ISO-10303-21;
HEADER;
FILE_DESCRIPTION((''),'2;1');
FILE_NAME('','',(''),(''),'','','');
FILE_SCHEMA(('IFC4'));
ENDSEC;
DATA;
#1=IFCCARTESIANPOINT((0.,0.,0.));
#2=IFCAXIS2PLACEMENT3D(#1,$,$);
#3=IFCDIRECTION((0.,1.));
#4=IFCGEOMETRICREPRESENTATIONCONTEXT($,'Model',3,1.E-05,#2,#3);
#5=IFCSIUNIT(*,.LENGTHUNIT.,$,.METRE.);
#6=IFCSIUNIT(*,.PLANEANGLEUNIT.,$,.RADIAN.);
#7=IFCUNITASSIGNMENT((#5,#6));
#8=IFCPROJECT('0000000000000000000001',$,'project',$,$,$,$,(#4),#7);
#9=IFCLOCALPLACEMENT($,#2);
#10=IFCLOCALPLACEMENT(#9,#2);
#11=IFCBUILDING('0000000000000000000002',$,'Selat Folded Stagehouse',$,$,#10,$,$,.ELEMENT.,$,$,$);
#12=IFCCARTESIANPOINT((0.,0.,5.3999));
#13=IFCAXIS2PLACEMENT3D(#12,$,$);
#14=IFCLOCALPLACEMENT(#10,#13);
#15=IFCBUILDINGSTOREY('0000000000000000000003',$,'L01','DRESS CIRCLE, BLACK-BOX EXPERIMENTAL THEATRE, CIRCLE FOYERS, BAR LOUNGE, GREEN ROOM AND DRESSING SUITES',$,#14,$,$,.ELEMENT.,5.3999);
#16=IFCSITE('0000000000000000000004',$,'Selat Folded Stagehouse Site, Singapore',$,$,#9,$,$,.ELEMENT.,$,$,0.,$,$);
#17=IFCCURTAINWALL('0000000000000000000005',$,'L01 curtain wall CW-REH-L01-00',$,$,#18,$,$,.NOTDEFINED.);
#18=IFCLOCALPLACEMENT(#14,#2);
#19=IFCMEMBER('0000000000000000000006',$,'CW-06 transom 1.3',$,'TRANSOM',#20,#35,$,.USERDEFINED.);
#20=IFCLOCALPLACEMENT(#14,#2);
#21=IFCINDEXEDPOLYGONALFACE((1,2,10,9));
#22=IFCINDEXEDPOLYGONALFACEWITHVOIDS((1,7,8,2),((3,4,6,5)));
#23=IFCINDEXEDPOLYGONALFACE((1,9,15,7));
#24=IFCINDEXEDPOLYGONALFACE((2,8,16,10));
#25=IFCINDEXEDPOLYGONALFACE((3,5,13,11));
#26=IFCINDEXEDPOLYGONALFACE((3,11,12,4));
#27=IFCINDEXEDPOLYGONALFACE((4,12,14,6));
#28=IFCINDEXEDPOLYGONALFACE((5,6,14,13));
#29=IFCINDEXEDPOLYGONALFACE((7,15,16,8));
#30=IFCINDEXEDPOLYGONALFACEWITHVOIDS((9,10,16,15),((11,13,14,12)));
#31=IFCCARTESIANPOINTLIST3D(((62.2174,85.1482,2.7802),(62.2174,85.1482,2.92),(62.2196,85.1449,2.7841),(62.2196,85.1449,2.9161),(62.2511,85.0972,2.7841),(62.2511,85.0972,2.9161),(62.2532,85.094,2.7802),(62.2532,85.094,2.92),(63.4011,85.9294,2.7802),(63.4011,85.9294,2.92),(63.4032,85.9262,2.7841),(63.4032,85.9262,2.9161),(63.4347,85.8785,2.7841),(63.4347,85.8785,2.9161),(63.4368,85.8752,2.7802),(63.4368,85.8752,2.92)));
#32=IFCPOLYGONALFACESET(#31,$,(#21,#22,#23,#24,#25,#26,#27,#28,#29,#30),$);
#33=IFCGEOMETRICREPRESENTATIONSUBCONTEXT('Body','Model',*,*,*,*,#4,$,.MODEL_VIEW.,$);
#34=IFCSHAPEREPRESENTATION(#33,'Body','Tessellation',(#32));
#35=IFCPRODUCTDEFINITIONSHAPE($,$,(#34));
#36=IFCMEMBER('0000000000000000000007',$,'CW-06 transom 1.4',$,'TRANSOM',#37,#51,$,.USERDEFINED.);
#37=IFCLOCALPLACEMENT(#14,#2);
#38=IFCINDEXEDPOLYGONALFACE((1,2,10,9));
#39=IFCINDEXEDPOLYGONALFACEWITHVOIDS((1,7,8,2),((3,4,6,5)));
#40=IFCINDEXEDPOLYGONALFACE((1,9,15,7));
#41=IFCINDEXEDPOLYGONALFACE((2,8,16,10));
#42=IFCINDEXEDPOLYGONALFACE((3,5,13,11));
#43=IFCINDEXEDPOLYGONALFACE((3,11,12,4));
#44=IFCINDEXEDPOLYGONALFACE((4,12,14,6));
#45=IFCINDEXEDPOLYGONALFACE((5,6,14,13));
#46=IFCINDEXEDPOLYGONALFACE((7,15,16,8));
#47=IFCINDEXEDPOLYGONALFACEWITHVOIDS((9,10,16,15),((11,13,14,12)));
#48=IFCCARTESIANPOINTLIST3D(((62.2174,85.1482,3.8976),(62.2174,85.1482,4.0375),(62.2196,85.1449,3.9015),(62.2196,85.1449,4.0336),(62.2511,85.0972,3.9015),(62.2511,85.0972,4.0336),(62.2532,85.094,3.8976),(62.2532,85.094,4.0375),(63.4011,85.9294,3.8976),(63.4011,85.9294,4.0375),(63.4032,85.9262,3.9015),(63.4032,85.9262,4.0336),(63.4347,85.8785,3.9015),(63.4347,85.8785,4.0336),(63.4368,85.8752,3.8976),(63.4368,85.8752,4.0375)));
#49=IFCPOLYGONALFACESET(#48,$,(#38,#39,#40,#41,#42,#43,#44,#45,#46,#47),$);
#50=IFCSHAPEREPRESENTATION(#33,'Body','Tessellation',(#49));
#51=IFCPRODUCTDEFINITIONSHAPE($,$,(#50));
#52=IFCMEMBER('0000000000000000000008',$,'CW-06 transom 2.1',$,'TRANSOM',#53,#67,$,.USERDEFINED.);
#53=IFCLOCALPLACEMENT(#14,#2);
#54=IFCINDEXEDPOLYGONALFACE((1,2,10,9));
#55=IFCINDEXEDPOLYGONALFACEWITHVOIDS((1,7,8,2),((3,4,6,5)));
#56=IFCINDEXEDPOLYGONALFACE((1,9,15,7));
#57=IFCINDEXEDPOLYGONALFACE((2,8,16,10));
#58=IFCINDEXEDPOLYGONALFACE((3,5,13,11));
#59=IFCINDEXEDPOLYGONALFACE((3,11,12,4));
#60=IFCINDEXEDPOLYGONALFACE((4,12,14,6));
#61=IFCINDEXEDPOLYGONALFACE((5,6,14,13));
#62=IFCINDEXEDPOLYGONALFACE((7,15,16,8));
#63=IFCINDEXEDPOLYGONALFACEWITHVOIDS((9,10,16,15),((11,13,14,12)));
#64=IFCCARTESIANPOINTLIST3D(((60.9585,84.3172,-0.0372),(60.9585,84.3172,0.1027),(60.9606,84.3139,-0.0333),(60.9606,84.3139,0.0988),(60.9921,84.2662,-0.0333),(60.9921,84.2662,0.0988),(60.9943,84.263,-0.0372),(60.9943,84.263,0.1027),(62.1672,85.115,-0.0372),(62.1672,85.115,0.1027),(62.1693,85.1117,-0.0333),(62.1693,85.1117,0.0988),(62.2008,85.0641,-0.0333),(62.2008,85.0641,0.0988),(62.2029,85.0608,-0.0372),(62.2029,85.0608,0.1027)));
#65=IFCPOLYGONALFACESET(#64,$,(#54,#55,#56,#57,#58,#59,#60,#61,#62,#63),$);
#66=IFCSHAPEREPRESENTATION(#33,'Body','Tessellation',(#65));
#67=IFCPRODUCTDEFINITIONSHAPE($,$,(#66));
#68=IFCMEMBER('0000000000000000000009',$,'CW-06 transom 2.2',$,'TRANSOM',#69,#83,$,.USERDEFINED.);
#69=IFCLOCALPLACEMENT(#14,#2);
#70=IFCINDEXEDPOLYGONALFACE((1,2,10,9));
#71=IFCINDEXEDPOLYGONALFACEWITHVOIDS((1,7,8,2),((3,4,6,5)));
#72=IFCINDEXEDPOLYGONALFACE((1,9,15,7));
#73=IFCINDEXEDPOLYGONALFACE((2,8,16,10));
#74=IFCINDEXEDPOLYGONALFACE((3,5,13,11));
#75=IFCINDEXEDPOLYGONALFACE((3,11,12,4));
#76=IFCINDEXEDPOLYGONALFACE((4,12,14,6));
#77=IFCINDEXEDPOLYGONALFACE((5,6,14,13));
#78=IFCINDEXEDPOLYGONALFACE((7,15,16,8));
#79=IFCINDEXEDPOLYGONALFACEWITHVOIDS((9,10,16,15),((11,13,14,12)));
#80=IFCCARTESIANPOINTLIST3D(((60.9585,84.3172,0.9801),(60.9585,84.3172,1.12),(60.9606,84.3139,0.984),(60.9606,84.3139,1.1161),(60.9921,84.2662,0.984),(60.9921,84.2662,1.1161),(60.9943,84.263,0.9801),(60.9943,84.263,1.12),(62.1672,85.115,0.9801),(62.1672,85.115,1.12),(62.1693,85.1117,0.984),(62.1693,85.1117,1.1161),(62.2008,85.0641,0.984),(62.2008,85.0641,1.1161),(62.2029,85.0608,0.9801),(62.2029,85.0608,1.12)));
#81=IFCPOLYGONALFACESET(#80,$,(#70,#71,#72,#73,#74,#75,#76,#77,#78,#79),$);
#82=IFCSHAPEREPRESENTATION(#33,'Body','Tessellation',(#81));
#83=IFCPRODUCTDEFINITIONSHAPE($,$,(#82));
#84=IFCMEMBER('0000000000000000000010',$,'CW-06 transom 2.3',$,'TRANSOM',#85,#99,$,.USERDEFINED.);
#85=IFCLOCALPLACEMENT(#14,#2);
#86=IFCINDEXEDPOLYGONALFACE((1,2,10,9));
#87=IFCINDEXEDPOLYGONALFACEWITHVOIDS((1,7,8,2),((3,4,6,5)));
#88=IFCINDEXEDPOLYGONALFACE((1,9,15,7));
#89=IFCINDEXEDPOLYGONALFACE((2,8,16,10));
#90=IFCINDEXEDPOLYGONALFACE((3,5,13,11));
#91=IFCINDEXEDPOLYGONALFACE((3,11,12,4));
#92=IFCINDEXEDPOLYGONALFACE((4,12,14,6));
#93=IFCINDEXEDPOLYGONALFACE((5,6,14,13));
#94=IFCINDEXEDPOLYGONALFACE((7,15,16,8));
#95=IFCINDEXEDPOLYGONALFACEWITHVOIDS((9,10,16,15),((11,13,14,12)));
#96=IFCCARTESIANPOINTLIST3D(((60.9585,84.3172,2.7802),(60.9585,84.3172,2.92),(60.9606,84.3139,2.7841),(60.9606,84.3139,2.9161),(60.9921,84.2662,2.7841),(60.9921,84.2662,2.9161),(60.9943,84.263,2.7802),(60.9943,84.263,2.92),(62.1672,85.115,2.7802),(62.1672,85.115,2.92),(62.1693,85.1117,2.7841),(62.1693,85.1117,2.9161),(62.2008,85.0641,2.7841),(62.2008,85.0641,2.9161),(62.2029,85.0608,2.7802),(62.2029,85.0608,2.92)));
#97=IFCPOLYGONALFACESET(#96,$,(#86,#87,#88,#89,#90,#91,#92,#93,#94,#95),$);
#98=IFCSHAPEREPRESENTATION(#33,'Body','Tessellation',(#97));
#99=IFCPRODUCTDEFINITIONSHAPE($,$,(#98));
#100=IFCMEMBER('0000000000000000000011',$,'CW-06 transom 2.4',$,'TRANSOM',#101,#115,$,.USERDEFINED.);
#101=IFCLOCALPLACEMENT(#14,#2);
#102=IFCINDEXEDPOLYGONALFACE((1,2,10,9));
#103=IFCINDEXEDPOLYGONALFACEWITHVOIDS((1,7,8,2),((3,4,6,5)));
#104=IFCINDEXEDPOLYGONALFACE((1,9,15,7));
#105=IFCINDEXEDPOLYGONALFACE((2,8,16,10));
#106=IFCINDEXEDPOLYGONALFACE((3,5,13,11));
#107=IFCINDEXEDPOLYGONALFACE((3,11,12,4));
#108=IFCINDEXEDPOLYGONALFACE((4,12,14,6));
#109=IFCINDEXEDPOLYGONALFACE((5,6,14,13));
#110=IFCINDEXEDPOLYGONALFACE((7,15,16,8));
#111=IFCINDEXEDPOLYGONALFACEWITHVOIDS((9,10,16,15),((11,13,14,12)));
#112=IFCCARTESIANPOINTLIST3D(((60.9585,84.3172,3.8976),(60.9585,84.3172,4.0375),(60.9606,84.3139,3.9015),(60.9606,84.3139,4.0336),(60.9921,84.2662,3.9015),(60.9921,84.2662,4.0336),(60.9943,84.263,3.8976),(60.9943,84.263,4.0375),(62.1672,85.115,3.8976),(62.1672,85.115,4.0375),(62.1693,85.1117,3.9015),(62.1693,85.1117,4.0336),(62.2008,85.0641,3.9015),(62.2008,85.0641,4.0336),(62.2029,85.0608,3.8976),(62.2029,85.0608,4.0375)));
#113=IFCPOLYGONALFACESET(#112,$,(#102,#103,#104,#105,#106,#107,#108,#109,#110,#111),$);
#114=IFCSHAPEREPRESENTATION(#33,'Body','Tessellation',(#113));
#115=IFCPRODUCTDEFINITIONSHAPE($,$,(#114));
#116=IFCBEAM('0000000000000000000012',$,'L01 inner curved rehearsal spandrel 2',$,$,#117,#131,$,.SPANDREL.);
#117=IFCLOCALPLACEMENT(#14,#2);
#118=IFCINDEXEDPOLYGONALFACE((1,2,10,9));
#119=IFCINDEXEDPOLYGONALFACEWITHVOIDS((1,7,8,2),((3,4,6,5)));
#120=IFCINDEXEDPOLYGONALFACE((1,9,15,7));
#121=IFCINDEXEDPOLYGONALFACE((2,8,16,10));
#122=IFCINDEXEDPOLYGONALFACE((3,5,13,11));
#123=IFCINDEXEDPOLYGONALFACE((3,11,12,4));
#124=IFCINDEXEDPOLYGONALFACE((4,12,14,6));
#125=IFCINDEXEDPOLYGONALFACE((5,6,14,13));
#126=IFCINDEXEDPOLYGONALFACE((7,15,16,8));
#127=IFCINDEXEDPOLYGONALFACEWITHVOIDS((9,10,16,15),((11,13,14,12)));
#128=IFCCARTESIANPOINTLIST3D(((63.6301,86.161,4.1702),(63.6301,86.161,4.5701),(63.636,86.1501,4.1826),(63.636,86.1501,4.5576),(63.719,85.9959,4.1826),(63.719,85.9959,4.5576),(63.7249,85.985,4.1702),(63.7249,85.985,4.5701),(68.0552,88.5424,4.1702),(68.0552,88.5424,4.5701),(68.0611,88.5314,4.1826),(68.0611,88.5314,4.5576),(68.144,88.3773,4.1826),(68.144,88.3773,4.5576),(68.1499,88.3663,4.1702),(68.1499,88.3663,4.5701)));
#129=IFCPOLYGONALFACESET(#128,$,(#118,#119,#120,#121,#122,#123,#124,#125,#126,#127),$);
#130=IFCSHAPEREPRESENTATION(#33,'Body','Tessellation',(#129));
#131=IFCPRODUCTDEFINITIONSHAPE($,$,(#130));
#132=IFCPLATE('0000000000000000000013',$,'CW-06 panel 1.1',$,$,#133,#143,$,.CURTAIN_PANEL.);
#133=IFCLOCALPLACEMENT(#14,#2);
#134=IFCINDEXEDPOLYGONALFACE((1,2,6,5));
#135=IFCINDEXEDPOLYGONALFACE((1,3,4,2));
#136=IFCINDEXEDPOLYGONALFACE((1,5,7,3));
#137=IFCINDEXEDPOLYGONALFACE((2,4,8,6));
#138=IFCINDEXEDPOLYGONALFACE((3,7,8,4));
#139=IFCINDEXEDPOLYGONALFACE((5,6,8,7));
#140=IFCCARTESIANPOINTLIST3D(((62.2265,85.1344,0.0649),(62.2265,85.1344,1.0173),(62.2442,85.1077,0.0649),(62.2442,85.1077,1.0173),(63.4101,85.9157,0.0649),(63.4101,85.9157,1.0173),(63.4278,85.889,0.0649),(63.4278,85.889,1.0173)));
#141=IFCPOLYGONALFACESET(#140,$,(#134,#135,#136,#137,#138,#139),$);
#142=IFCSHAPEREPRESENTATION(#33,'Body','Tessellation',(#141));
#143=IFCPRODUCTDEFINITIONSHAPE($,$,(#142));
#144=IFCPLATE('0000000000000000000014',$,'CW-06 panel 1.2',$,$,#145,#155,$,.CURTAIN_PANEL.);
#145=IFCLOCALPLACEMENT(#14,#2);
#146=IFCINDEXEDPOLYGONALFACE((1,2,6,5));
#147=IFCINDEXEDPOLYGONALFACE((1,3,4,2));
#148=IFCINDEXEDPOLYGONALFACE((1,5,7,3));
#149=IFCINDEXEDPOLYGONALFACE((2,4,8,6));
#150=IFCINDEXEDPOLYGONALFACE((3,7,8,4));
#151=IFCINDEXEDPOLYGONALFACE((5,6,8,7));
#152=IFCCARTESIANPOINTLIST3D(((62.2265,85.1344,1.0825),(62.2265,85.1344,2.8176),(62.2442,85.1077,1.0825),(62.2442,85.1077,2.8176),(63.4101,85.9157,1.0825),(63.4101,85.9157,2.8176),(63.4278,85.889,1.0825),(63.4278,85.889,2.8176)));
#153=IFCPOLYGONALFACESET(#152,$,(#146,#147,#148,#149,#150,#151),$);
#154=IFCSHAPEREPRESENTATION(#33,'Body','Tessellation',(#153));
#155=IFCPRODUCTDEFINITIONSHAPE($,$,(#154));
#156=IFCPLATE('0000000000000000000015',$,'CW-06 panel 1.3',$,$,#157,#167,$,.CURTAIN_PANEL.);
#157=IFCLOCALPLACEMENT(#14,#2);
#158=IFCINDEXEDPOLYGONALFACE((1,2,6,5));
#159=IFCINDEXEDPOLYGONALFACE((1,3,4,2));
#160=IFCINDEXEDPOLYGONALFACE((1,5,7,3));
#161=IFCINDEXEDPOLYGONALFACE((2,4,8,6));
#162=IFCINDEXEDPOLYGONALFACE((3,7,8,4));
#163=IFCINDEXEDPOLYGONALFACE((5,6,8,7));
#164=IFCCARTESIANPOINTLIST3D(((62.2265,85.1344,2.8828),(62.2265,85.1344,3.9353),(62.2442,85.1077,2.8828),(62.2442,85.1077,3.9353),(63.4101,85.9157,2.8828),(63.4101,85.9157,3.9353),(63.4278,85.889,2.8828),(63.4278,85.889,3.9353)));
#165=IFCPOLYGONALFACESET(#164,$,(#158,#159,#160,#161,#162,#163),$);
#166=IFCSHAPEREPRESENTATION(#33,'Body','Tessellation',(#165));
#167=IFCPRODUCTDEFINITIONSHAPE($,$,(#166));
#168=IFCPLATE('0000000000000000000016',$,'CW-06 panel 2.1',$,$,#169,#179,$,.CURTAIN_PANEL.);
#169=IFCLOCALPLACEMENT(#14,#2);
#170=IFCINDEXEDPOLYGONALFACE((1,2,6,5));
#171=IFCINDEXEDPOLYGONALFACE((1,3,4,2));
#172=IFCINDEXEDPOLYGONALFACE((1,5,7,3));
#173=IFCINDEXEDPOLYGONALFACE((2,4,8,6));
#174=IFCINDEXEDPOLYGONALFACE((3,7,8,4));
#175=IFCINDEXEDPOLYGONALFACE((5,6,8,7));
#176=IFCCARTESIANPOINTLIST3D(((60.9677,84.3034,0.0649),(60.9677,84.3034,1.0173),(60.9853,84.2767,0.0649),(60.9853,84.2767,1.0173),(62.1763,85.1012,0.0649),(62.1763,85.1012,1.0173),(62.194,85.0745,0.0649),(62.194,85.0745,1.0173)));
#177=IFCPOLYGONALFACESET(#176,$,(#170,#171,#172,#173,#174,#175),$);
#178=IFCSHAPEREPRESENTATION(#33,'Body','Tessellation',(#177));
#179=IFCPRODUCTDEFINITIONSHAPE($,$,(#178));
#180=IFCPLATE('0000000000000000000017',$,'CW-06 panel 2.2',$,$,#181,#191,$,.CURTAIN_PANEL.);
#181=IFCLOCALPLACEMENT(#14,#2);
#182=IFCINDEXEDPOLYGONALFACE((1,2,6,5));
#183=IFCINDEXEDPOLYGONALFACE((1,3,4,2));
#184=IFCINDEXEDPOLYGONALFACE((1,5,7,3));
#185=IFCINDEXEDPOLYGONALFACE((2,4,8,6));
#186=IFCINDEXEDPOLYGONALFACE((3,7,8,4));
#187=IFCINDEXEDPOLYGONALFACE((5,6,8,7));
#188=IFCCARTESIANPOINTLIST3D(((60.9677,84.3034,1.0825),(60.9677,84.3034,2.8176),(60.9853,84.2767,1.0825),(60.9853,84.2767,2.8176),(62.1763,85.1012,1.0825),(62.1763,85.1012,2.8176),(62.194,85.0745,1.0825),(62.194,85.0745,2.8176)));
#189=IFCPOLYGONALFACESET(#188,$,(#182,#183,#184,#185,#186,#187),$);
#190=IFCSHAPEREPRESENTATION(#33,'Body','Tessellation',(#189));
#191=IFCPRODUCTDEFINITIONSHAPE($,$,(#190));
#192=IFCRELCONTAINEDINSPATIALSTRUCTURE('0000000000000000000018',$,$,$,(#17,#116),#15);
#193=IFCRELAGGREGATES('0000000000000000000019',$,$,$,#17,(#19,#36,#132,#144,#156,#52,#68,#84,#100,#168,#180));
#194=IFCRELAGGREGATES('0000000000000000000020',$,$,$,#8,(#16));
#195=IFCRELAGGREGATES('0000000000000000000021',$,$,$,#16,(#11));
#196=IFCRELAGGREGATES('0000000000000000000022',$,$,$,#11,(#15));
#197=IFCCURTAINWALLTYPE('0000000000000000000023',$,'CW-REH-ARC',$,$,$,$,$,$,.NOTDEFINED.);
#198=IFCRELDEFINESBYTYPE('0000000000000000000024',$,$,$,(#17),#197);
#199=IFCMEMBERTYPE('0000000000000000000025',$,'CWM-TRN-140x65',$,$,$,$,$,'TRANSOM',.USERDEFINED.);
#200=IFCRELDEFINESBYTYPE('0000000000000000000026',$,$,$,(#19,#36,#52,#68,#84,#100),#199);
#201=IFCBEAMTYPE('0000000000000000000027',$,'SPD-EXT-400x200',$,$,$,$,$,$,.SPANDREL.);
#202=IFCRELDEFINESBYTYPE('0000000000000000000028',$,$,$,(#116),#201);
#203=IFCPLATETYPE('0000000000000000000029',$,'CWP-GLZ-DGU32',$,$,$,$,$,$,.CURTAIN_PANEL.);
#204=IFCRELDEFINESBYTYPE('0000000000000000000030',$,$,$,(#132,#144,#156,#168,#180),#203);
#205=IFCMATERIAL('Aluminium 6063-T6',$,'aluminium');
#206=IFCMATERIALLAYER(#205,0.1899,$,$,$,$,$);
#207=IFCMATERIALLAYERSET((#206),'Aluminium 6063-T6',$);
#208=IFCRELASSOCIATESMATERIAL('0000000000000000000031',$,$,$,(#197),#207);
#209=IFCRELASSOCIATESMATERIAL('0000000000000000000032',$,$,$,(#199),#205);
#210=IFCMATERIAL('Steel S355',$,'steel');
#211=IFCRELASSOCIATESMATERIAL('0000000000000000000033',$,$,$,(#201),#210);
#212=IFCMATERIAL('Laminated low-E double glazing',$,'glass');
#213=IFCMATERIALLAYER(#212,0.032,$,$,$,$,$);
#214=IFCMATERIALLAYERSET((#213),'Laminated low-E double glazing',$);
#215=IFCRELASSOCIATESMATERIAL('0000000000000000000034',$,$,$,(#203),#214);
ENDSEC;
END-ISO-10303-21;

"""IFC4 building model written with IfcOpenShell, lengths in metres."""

from ifc_helpers import new_model, si_unit, direction, frame, origin, origin_2d, place, context, subcontext, project, spatial, rectangle, hollow_rectangle, extrude, material, layer, layer_set, material_profile, profile_set, type_object, element, aggregate, save


model = new_model("IFC4")

# Units and contexts
model_context = context("Model", 3, precision=1e-05, world=origin(), true_north=direction((0.0, 1.0)))
body_context = subcontext(model_context, "Body", "Model", "MODEL_VIEW")
ifc_project = project(units=[si_unit("LENGTHUNIT", "METRE"), si_unit("PLANEANGLEUNIT", "RADIAN")], contexts=[model_context])

# Site, building, storey
site_placement = place(None, origin())
site = spatial("IfcSite", under=ifc_project, at=site_placement, Name="Selat Folded Stagehouse Site, Singapore", CompositionType="ELEMENT", RefElevation=0.0)
building_placement = place(site_placement, origin())
building = spatial("IfcBuilding", under=site, at=building_placement, Name="Selat Folded Stagehouse", CompositionType="ELEMENT")
storey_placement = place(building_placement, frame((0.0, 0.0, 5.3999)))
storey = spatial("IfcBuildingStorey", under=building, at=storey_placement, Name="L01", Description="DRESS CIRCLE, BLACK-BOX EXPERIMENTAL THEATRE, CIRCLE FOYERS, BAR LOUNGE, GREEN ROOM AND DRESSING SUITES", CompositionType="ELEMENT", Elevation=5.3999)

# Shared definitions
ifc_material_1 = material(Name="Steel S355", Category="steel")

# Curtain wall
ifc_material_2 = material(Name="Aluminium 6063-T6", Category="aluminium")
ifc_layer_1 = layer(ifc_material_2, 0.1899)
ifc_layer_set_1 = layer_set([ifc_layer_1], Name="Aluminium 6063-T6")
curtain_wall_type = type_object("IfcCurtainWallType", Name="CW-REH-ARC", PredefinedType="NOTDEFINED", material=ifc_layer_set_1)
curtain_wall_1_placement = place(storey_placement, origin())
curtain_wall_1 = element("IfcCurtainWall", 1, at=curtain_wall_1_placement, inside=storey, type_object=curtain_wall_type, Name="L01 curtain wall CW-REH-L01-00", PredefinedType="NOTDEFINED")

# Members
ifc_material_profile_1 = material_profile(ifc_material_2, hollow_rectangle(XDim=0.0649, YDim=0.1399, WallThickness=0.0039, at=origin_2d()), Name="ALU 140x65x4.0")
ifc_profile_set_1 = profile_set([ifc_material_profile_1], Name="Aluminium 6063-T6")
member_type_1 = type_object("IfcMemberType", Name="CWM-TRN-140x65", ElementType="TRANSOM", PredefinedType="USERDEFINED", material=ifc_profile_set_1)
member_1_placement = place(storey_placement, frame((63.4189, 85.9023, 2.8501), z_axis=(-0.834584, -0.550881, 0.0), x_axis=(0.550881, -0.834584, 0.0)))
member_1 = element("IfcMember", 2, at=member_1_placement, type_object=member_type_1, Name="CW-06 transom 1.3", ObjectType="TRANSOM", PredefinedType="USERDEFINED", context=body_context, shape_type="SweptSolid", body=[
    extrude(hollow_rectangle(XDim=0.0649, YDim=0.1399, WallThickness=0.0039, at=origin_2d()), origin(), (0.0, 0.0, 1.0), 1.4182),
])
member_2_placement = place(storey_placement, frame((63.4189, 85.9023, 3.9675), z_axis=(-0.834584, -0.550881, 0.0), x_axis=(0.550881, -0.834584, 0.0)))
member_2 = element("IfcMember", 3, at=member_2_placement, type_object=member_type_1, Name="CW-06 transom 1.4", ObjectType="TRANSOM", PredefinedType="USERDEFINED", context=body_context, shape_type="SweptSolid", body=[
    extrude(hollow_rectangle(XDim=0.0649, YDim=0.1399, WallThickness=0.0039, at=origin_2d()), origin(), (0.0, 0.0, 1.0), 1.4182),
])
member_3_placement = place(storey_placement, frame((62.1851, 85.0879, 0.0327), z_axis=(-0.834583, -0.550882, 0.0), x_axis=(0.550882, -0.834583, 0.0)))
member_3 = element("IfcMember", 4, at=member_3_placement, type_object=member_type_1, Name="CW-06 transom 2.1", ObjectType="TRANSOM", PredefinedType="USERDEFINED", context=body_context, shape_type="SweptSolid", body=[
    extrude(hollow_rectangle(XDim=0.0649, YDim=0.1399, WallThickness=0.0039, at=origin_2d()), origin(), (0.0, 0.0, 1.0), 1.4482),
])
member_4_placement = place(storey_placement, frame((62.1851, 85.0879, 1.05), z_axis=(-0.834583, -0.550882, 0.0), x_axis=(0.550882, -0.834583, 0.0)))
member_4 = element("IfcMember", 5, at=member_4_placement, type_object=member_type_1, Name="CW-06 transom 2.2", ObjectType="TRANSOM", PredefinedType="USERDEFINED", context=body_context, shape_type="SweptSolid", body=[
    extrude(hollow_rectangle(XDim=0.0649, YDim=0.1399, WallThickness=0.0039, at=origin_2d()), origin(), (0.0, 0.0, 1.0), 1.4482),
])
member_5_placement = place(storey_placement, frame((62.1851, 85.0879, 2.8501), z_axis=(-0.834583, -0.550882, 0.0), x_axis=(0.550882, -0.834583, 0.0)))
member_5 = element("IfcMember", 6, at=member_5_placement, type_object=member_type_1, Name="CW-06 transom 2.3", ObjectType="TRANSOM", PredefinedType="USERDEFINED", context=body_context, shape_type="SweptSolid", body=[
    extrude(hollow_rectangle(XDim=0.0649, YDim=0.1399, WallThickness=0.0039, at=origin_2d()), origin(), (0.0, 0.0, 1.0), 1.4482),
])
member_6_placement = place(storey_placement, frame((62.1851, 85.0879, 3.9675), z_axis=(-0.834583, -0.550882, 0.0), x_axis=(0.550882, -0.834583, 0.0)))
member_6 = element("IfcMember", 7, at=member_6_placement, type_object=member_type_1, Name="CW-06 transom 2.4", ObjectType="TRANSOM", PredefinedType="USERDEFINED", context=body_context, shape_type="SweptSolid", body=[
    extrude(hollow_rectangle(XDim=0.0649, YDim=0.1399, WallThickness=0.0039, at=origin_2d()), origin(), (0.0, 0.0, 1.0), 1.4482),
])

# Beam
ifc_material_profile_2 = material_profile(ifc_material_1, hollow_rectangle(XDim=0.2, YDim=0.3999, WallThickness=0.0125, at=origin_2d()), Name="RHS 400x200x12.5")
ifc_profile_set_2 = profile_set([ifc_material_profile_2], Name="Steel S355")
beam_type_1 = type_object("IfcBeamType", Name="SPD-EXT-400x200", PredefinedType="SPANDREL", material=ifc_profile_set_2)
beam_1_placement = place(storey_placement, frame((63.6775, 86.073, 4.3701), z_axis=(0.880585, 0.473888, 0.0), x_axis=(-0.473888, 0.880585, 0.0)))
element("IfcBeam", 8, at=beam_1_placement, inside=storey, type_object=beam_type_1, Name="L01 inner curved rehearsal spandrel 2", PredefinedType="SPANDREL", context=body_context, shape_type="SweptSolid", body=[
    extrude(hollow_rectangle(XDim=0.2, YDim=0.3999, WallThickness=0.0125, at=origin_2d()), origin(), (0.0, 0.0, 1.0), 5.0251),
])

# Plates
ifc_material_3 = material(Name="Laminated low-E double glazing", Category="glass")
ifc_layer_2 = layer(ifc_material_3, 0.032)
ifc_layer_set_2 = layer_set([ifc_layer_2], Name="Laminated low-E double glazing")
plate_type = type_object("IfcPlateType", Name="CWP-GLZ-DGU32", PredefinedType="CURTAIN_PANEL", material=ifc_layer_set_2)
plate_1_placement = place(storey_placement, frame((62.8271, 85.5117, 0.0649), z_axis=(0.0, 0.0, 1.0), x_axis=(-0.834581, -0.550885, 0.0)))
plate_1 = element("IfcPlate", 9, at=plate_1_placement, type_object=plate_type, Name="CW-06 panel 1.1", PredefinedType="CURTAIN_PANEL", context=body_context, shape_type="SweptSolid", body=[
    extrude(rectangle(XDim=1.4182, YDim=0.032, at=origin_2d()), origin(), (0.0, 0.0, 1.0), 0.9524),
])
plate_2_placement = place(storey_placement, frame((62.8271, 85.5117, 1.0825), z_axis=(0.0, 0.0, 1.0), x_axis=(-0.834581, -0.550885, 0.0)))
plate_2 = element("IfcPlate", 10, at=plate_2_placement, type_object=plate_type, Name="CW-06 panel 1.2", PredefinedType="CURTAIN_PANEL", context=body_context, shape_type="SweptSolid", body=[
    extrude(rectangle(XDim=1.4182, YDim=0.032, at=origin_2d()), origin(), (0.0, 0.0, 1.0), 1.7351),
])
plate_3_placement = place(storey_placement, frame((62.8271, 85.5117, 2.8828), z_axis=(0.0, 0.0, 1.0), x_axis=(-0.834581, -0.550885, 0.0)))
plate_3 = element("IfcPlate", 11, at=plate_3_placement, type_object=plate_type, Name="CW-06 panel 1.3", PredefinedType="CURTAIN_PANEL", context=body_context, shape_type="SweptSolid", body=[
    extrude(rectangle(XDim=1.4182, YDim=0.032, at=origin_2d()), origin(), (0.0, 0.0, 1.0), 1.0525),
])
plate_4_placement = place(storey_placement, frame((61.5808, 84.689, 0.0649), z_axis=(0.0, 0.0, 1.0), x_axis=(-0.834581, -0.550885, 0.0)))
plate_4 = element("IfcPlate", 12, at=plate_4_placement, type_object=plate_type, Name="CW-06 panel 2.1", PredefinedType="CURTAIN_PANEL", context=body_context, shape_type="SweptSolid", body=[
    extrude(rectangle(XDim=1.4482, YDim=0.032, at=origin_2d()), origin(), (0.0, 0.0, 1.0), 0.9524),
])
plate_5_placement = place(storey_placement, frame((61.5808, 84.689, 1.0825), z_axis=(0.0, 0.0, 1.0), x_axis=(-0.834581, -0.550885, 0.0)))
plate_5 = element("IfcPlate", 13, at=plate_5_placement, type_object=plate_type, Name="CW-06 panel 2.2", PredefinedType="CURTAIN_PANEL", context=body_context, shape_type="SweptSolid", body=[
    extrude(rectangle(XDim=1.4482, YDim=0.032, at=origin_2d()), origin(), (0.0, 0.0, 1.0), 1.7351),
])
aggregate(curtain_wall_1, [member_1, member_2, plate_1, plate_2, plate_3, member_3, member_4, member_5, member_6, plate_4, plate_5])

save(model, "model.ifc")
